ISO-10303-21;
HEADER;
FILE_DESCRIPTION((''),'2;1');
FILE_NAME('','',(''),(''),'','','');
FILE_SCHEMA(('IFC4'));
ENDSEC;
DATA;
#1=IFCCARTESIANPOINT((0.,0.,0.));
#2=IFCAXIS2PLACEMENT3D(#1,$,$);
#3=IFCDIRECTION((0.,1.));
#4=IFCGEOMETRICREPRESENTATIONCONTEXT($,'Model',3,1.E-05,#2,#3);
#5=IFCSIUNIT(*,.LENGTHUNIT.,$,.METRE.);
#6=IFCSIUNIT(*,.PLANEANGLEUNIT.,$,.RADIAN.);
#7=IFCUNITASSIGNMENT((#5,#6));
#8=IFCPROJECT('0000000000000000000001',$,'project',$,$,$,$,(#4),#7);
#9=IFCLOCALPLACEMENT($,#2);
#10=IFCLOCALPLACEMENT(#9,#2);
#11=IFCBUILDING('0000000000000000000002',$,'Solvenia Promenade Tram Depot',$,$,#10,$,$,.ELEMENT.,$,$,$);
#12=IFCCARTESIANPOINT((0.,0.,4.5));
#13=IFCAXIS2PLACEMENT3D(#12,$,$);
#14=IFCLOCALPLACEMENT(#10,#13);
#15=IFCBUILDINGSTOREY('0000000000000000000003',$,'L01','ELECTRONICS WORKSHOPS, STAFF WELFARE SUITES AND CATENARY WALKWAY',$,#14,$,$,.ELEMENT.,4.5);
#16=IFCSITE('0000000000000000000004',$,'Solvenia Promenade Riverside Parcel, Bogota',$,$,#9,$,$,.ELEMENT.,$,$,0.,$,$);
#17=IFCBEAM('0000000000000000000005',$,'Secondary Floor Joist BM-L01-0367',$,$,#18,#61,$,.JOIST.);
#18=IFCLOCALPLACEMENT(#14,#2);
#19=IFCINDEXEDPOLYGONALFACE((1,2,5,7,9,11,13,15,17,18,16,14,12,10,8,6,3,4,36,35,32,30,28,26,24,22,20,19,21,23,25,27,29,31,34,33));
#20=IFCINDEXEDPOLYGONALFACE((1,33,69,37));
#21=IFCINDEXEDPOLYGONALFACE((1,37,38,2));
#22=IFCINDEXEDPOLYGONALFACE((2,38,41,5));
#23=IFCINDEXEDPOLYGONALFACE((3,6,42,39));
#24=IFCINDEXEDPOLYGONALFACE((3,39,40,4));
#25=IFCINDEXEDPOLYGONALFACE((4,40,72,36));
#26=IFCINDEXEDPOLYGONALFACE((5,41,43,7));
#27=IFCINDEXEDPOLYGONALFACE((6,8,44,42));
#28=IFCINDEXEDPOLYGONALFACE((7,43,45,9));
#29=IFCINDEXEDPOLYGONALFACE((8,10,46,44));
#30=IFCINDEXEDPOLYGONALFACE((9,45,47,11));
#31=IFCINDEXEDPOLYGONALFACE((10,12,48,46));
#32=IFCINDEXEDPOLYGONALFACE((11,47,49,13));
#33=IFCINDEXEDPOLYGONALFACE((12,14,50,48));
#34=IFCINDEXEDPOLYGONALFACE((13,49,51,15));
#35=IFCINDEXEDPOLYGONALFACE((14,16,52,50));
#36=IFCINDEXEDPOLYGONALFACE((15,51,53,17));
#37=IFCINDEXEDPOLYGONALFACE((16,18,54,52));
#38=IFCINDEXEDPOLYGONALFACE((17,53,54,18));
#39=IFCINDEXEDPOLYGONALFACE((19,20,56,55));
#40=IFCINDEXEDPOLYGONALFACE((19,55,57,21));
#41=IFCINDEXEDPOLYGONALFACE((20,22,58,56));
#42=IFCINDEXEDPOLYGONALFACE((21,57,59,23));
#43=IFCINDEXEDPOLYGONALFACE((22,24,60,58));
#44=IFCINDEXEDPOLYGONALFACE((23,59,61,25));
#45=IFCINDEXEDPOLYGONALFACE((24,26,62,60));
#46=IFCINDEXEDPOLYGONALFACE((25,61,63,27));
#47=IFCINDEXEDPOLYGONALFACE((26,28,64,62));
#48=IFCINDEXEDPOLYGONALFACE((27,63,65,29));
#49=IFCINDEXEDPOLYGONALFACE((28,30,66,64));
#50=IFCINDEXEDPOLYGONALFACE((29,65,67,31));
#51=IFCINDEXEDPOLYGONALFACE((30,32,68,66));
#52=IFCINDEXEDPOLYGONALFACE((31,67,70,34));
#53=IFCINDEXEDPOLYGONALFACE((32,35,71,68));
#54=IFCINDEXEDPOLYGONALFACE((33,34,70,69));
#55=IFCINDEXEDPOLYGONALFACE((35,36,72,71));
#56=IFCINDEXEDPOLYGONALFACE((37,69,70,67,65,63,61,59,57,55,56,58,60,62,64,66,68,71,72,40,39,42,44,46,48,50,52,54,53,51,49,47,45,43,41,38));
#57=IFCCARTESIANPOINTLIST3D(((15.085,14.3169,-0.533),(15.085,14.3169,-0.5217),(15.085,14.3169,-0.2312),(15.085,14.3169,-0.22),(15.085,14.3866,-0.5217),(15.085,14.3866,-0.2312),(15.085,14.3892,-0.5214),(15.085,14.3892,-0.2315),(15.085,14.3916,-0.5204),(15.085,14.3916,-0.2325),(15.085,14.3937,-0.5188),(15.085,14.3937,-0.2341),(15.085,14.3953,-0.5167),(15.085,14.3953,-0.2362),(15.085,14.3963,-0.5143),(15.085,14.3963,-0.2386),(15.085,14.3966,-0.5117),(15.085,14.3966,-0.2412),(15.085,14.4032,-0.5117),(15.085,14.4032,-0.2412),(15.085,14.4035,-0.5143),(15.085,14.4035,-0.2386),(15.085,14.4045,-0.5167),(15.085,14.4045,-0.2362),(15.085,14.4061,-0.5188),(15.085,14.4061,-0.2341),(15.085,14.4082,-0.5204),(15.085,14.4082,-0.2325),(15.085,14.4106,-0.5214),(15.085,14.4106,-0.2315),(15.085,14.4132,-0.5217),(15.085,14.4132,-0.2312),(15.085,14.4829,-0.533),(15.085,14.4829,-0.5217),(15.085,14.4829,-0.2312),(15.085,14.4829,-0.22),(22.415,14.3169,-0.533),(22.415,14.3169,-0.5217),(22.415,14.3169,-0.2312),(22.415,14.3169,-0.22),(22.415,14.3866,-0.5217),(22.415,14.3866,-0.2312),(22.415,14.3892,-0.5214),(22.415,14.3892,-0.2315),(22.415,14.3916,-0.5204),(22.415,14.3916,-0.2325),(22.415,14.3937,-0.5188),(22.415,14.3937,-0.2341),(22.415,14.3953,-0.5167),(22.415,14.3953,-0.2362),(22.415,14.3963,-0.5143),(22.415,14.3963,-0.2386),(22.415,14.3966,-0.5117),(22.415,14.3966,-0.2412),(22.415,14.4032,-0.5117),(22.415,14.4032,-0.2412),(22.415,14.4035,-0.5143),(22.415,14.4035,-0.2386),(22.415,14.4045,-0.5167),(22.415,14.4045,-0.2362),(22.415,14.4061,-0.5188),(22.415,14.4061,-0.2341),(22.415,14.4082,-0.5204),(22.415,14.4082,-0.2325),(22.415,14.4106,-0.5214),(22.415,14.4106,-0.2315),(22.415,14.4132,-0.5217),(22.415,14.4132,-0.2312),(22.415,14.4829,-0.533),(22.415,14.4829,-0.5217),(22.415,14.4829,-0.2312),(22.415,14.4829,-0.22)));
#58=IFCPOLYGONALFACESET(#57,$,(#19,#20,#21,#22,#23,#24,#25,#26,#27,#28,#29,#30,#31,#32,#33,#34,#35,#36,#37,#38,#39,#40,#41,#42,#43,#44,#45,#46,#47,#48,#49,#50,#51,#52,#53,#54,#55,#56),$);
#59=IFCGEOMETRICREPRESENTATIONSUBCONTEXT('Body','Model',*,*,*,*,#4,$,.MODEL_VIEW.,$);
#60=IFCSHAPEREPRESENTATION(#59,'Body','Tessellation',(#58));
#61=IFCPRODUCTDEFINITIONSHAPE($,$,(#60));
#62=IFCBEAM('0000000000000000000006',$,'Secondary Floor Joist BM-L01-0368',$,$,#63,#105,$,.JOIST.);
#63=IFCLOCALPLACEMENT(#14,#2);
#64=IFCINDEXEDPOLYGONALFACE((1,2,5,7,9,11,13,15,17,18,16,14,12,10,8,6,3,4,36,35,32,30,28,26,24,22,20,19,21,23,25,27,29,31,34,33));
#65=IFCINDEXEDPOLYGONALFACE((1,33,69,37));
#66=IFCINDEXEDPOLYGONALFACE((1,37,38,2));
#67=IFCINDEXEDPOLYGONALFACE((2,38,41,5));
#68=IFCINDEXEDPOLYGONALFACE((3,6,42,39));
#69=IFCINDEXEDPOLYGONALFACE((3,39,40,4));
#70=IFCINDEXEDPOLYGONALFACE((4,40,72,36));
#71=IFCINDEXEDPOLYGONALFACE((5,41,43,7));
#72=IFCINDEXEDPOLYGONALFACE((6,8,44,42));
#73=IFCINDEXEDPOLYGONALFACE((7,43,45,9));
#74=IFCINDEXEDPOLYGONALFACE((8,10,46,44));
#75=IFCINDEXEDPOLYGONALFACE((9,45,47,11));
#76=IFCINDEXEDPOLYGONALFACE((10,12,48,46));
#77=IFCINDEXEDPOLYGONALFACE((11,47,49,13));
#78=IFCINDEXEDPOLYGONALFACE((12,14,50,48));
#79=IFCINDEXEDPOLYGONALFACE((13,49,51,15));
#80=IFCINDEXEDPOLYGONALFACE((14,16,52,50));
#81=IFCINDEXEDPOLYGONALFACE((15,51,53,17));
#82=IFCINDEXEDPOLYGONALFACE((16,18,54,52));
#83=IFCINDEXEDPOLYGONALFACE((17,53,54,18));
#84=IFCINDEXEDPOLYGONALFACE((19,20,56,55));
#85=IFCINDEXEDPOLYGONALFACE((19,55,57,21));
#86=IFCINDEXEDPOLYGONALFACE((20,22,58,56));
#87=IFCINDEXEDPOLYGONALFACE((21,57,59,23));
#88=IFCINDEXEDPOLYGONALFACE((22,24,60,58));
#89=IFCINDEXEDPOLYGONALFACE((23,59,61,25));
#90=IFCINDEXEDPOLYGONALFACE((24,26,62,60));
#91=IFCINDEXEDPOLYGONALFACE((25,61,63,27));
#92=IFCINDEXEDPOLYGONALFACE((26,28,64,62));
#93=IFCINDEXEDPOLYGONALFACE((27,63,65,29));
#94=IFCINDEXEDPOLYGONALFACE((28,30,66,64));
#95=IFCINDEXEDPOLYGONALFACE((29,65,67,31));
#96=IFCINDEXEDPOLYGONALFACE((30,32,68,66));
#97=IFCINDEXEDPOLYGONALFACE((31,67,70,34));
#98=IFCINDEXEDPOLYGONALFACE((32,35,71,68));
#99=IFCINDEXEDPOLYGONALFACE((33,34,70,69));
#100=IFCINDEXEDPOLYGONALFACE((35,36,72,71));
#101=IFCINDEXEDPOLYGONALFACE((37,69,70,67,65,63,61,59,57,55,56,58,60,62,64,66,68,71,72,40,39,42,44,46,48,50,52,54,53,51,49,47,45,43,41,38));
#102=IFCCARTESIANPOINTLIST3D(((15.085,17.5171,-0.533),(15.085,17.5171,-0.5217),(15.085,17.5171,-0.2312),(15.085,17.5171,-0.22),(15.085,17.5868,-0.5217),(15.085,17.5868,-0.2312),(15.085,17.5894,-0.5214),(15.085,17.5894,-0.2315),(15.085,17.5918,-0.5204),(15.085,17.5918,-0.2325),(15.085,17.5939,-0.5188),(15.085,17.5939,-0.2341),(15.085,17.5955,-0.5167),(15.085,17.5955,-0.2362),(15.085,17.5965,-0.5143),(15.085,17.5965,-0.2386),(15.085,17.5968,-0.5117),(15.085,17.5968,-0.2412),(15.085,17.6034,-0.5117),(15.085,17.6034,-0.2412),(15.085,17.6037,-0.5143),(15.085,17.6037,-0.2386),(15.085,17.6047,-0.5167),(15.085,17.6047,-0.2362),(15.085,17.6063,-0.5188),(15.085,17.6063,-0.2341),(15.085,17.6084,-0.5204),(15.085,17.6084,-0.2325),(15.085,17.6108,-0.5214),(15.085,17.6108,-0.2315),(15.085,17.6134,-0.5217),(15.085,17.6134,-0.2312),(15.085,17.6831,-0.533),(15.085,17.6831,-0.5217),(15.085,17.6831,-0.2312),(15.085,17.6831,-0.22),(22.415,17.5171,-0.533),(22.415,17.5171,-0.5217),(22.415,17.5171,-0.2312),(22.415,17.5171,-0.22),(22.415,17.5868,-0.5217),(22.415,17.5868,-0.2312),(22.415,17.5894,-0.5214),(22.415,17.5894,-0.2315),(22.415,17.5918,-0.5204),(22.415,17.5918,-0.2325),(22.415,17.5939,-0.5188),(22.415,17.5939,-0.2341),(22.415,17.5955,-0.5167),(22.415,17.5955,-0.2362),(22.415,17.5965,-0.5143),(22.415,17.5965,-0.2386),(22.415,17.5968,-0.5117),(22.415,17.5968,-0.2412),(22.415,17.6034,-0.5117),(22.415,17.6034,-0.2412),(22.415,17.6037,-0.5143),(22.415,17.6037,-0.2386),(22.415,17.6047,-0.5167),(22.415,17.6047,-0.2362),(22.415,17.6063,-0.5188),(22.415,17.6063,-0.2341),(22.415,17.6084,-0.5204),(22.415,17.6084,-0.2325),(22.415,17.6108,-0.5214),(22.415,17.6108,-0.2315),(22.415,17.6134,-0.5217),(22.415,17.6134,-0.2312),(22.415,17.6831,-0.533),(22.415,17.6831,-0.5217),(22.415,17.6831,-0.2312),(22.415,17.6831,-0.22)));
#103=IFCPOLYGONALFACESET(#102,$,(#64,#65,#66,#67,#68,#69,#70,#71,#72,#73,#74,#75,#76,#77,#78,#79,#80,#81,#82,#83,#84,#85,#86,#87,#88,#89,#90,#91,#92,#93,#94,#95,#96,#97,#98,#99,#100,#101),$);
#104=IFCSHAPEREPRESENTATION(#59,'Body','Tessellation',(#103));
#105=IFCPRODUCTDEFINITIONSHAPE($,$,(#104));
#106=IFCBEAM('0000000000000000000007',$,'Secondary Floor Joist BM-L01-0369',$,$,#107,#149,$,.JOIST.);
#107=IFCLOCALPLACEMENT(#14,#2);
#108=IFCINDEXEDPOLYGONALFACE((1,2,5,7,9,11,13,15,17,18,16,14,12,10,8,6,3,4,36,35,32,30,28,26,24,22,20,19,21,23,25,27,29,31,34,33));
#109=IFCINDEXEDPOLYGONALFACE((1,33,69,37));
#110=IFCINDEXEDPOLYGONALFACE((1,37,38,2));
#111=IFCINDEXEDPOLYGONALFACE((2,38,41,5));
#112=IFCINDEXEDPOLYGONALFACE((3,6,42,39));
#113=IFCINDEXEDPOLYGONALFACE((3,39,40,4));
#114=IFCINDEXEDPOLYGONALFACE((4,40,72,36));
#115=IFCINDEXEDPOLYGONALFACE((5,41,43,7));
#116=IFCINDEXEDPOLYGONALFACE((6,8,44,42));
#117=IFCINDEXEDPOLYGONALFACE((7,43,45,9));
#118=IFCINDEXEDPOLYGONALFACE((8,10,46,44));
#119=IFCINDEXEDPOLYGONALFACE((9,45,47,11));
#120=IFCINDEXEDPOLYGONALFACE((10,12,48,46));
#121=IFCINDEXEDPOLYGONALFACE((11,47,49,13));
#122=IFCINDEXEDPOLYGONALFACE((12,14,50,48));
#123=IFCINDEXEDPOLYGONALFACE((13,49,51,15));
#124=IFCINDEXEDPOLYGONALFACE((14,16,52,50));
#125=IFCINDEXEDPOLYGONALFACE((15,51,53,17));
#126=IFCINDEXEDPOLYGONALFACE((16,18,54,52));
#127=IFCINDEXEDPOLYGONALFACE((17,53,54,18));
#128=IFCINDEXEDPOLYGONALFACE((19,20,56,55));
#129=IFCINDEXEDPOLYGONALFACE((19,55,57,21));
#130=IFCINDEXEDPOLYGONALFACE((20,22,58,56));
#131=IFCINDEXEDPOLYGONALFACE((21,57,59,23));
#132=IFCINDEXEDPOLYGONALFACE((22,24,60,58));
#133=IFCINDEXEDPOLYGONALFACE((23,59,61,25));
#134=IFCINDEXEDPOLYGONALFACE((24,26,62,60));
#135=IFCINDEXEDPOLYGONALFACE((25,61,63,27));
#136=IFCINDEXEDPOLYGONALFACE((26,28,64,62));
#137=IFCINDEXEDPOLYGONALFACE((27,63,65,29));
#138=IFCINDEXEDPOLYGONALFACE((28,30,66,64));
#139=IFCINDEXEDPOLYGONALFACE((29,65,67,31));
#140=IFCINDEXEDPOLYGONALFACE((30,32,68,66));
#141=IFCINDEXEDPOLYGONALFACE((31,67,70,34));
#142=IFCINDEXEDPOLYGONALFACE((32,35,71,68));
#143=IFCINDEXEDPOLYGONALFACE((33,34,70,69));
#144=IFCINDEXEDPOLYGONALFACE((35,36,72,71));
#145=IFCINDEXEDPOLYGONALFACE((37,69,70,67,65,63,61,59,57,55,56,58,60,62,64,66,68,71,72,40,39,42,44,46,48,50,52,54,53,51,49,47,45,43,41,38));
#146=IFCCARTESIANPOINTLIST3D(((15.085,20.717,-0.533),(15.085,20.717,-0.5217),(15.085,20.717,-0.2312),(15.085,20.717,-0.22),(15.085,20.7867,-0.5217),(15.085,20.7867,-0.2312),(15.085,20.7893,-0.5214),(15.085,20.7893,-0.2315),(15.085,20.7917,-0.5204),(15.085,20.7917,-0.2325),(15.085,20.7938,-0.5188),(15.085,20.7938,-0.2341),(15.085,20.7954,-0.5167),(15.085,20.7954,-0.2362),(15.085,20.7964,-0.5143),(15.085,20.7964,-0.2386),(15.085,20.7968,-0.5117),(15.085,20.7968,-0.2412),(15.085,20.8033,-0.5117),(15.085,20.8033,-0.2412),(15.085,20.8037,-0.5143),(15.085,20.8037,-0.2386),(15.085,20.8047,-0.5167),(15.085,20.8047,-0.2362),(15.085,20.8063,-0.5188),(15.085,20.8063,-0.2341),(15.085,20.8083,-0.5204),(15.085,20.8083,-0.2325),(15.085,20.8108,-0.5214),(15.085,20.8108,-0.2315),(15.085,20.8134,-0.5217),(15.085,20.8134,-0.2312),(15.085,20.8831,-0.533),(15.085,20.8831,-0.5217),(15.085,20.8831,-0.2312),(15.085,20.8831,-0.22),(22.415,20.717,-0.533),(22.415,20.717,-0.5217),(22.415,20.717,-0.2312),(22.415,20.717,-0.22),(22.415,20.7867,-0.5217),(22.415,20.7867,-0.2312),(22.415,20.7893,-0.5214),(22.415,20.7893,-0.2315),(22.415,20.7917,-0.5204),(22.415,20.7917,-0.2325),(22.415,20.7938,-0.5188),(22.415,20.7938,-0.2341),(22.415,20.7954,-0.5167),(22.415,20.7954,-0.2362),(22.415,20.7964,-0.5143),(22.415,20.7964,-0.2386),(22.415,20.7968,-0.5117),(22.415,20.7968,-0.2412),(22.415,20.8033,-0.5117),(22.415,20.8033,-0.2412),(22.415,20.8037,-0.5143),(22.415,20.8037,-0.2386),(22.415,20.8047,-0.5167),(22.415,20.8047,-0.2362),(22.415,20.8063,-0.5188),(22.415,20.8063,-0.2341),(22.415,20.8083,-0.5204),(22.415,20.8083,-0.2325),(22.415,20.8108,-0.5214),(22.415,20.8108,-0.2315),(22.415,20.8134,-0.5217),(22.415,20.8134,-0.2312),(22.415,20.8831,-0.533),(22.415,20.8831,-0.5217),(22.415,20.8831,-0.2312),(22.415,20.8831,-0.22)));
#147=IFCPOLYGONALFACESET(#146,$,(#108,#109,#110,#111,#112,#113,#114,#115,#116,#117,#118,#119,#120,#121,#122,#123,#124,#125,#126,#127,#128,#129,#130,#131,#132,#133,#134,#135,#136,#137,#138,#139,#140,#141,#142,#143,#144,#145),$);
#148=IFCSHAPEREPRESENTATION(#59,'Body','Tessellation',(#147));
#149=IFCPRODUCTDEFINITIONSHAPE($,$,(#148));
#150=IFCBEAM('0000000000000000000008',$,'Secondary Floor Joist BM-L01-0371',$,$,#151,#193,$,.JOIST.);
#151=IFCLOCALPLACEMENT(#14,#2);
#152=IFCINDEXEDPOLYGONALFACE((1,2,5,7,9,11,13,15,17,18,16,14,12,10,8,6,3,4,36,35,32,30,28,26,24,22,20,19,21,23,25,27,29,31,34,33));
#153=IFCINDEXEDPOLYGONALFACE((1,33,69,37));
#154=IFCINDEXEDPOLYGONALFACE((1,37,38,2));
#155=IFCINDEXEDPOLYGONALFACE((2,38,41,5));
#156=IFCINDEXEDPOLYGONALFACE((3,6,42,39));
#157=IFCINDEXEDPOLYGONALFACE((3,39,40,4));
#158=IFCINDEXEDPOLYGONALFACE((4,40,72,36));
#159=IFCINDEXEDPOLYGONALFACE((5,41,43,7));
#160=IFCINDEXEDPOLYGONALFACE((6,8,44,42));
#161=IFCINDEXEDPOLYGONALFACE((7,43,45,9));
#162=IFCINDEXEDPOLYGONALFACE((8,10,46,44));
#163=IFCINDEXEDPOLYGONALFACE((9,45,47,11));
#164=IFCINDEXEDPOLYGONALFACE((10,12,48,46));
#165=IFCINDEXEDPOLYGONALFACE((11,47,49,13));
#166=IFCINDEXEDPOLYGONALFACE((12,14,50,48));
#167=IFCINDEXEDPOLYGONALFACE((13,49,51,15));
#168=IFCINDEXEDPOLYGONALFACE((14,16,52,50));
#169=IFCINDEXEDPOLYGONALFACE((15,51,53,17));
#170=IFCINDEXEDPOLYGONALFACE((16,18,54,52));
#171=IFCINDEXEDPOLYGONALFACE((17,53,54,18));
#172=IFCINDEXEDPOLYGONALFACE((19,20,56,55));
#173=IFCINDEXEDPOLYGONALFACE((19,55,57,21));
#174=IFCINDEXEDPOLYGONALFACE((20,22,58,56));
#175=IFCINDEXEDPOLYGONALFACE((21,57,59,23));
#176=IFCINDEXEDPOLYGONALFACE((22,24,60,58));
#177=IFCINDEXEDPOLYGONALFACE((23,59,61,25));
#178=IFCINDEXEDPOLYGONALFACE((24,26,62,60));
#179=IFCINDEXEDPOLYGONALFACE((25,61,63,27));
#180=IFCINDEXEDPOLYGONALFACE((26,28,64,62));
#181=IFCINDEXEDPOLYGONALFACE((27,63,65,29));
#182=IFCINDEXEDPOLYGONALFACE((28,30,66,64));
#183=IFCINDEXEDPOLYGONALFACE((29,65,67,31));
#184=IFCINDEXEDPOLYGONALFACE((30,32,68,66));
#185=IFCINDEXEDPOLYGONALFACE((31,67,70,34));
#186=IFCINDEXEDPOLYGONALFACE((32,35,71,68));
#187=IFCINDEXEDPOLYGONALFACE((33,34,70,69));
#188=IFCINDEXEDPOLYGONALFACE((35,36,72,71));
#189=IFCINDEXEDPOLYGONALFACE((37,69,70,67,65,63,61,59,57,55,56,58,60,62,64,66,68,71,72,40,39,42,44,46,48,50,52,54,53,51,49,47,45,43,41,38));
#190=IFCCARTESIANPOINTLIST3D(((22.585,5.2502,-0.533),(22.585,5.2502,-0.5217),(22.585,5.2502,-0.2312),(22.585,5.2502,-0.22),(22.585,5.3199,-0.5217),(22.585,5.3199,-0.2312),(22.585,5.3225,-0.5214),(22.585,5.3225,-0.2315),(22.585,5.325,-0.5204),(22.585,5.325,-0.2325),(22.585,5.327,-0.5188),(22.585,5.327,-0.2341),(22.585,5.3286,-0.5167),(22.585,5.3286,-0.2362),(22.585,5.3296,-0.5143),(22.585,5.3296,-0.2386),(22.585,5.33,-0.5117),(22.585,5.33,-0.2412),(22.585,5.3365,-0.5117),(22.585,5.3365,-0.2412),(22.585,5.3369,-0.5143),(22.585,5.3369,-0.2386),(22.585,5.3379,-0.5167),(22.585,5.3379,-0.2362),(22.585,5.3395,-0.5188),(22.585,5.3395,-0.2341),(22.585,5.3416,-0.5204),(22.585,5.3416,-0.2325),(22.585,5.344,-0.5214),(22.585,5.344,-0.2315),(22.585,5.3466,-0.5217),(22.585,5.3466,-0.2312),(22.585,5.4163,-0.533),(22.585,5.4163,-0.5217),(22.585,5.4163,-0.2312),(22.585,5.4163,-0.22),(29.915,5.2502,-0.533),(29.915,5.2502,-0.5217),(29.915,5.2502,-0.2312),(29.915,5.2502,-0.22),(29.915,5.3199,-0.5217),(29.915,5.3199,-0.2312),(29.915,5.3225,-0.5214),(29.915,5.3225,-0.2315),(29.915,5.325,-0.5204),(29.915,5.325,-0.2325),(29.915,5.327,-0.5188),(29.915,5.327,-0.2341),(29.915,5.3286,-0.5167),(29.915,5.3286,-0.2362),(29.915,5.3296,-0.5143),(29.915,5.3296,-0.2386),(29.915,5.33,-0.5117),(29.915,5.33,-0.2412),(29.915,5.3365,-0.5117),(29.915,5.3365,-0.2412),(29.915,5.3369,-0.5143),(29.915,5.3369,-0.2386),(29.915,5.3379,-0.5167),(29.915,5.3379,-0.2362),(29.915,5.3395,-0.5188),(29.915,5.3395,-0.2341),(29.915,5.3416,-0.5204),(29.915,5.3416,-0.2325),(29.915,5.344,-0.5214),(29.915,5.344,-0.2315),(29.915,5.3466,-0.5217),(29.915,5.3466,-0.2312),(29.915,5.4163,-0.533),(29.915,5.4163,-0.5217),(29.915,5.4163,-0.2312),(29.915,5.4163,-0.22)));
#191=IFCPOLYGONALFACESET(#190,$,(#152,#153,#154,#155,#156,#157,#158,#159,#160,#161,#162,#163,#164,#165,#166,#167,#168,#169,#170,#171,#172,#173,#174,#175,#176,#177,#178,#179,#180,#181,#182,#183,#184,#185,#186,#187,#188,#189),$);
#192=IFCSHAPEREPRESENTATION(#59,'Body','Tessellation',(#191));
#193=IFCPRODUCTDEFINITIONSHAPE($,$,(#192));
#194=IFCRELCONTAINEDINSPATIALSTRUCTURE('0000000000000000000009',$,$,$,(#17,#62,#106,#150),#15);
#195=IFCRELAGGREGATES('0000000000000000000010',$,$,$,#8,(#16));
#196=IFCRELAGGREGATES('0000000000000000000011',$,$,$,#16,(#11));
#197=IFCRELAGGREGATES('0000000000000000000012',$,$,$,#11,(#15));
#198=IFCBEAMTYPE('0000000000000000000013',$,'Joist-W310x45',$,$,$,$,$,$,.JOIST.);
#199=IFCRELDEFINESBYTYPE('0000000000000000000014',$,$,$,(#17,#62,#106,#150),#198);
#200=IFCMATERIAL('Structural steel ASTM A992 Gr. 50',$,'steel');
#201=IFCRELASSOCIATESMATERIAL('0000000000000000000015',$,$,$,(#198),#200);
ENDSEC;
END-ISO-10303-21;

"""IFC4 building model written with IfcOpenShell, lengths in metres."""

from ifc_helpers import new_model, si_unit, direction, frame, origin, origin_2d, place, context, subcontext, project, spatial, i_section, extrude, material, material_profile, profile_set, type_object, element, save


model = new_model("IFC4")

# Units and contexts
model_context = context("Model", 3, precision=1e-05, world=origin(), true_north=direction((0.0, 1.0)))
body_context = subcontext(model_context, "Body", "Model", "MODEL_VIEW")
ifc_project = project(units=[si_unit("LENGTHUNIT", "METRE"), si_unit("PLANEANGLEUNIT", "RADIAN")], contexts=[model_context])

# Site, building, storey
site_placement = place(None, origin())
site = spatial("IfcSite", under=ifc_project, at=site_placement, Name="Solvenia Promenade Riverside Parcel, Bogota", CompositionType="ELEMENT", RefElevation=0.0)
building_placement = place(site_placement, origin())
building = spatial("IfcBuilding", under=site, at=building_placement, Name="Solvenia Promenade Tram Depot", CompositionType="ELEMENT")
storey_placement = place(building_placement, frame((0.0, 0.0, 4.5)))
storey = spatial("IfcBuildingStorey", under=building, at=storey_placement, Name="L01", Description="ELECTRONICS WORKSHOPS, STAFF WELFARE SUITES AND CATENARY WALKWAY", CompositionType="ELEMENT", Elevation=4.5)

# Shared definitions
ifc_material_1 = material(Name="Structural steel ASTM A992 Gr. 50", Category="steel")

# Beams
ifc_material_profile_1 = material_profile(ifc_material_1, i_section(OverallWidth=0.166, OverallDepth=0.313, WebThickness=0.0066, FlangeThickness=0.0112, FilletRadius=0.01, at=origin_2d()), Name="W310x45", Category="steel")
ifc_profile_set_1 = profile_set([ifc_material_profile_1], Name="Structural steel ASTM A992 Gr. 50")
beam_type_1 = type_object("IfcBeamType", Name="Joist-W310x45", PredefinedType="JOIST", material=ifc_profile_set_1)
for number, where, z_axis, x_axis, name in (
    (1, (15.085, 14.3999, -0.3765), (1.0, 0.0, 0.0), (0.0, 1.0, 0.0), "Secondary Floor Joist BM-L01-0367"),
    (2, (15.085, 17.6001, -0.3765), (1.0, 0.0, 0.0), (0.0, 1.0, 0.0), "Secondary Floor Joist BM-L01-0368"),
    (3, (15.085, 20.8, -0.3765), (1.0, 0.0, 0.0), (0.0, 1.0, 0.0), "Secondary Floor Joist BM-L01-0369"),
    (4, (22.585, 5.3333, -0.3765), (1.0, 0.0, 0.0), (0.0, 1.0, 0.0), "Secondary Floor Joist BM-L01-0371"),
):
    element("IfcBeam", number, at=place(storey_placement, frame(where, z_axis=z_axis, x_axis=x_axis)), inside=storey, type_object=beam_type_1, Name=name, PredefinedType="JOIST", context=body_context, shape_type="SweptSolid", body=[
        extrude(i_section(OverallWidth=0.166, OverallDepth=0.313, WebThickness=0.0066, FlangeThickness=0.0112, FilletRadius=0.01, at=origin_2d()), origin(), (0.0, 0.0, 1.0), 7.3301),
    ])

save(model, "model.ifc")
